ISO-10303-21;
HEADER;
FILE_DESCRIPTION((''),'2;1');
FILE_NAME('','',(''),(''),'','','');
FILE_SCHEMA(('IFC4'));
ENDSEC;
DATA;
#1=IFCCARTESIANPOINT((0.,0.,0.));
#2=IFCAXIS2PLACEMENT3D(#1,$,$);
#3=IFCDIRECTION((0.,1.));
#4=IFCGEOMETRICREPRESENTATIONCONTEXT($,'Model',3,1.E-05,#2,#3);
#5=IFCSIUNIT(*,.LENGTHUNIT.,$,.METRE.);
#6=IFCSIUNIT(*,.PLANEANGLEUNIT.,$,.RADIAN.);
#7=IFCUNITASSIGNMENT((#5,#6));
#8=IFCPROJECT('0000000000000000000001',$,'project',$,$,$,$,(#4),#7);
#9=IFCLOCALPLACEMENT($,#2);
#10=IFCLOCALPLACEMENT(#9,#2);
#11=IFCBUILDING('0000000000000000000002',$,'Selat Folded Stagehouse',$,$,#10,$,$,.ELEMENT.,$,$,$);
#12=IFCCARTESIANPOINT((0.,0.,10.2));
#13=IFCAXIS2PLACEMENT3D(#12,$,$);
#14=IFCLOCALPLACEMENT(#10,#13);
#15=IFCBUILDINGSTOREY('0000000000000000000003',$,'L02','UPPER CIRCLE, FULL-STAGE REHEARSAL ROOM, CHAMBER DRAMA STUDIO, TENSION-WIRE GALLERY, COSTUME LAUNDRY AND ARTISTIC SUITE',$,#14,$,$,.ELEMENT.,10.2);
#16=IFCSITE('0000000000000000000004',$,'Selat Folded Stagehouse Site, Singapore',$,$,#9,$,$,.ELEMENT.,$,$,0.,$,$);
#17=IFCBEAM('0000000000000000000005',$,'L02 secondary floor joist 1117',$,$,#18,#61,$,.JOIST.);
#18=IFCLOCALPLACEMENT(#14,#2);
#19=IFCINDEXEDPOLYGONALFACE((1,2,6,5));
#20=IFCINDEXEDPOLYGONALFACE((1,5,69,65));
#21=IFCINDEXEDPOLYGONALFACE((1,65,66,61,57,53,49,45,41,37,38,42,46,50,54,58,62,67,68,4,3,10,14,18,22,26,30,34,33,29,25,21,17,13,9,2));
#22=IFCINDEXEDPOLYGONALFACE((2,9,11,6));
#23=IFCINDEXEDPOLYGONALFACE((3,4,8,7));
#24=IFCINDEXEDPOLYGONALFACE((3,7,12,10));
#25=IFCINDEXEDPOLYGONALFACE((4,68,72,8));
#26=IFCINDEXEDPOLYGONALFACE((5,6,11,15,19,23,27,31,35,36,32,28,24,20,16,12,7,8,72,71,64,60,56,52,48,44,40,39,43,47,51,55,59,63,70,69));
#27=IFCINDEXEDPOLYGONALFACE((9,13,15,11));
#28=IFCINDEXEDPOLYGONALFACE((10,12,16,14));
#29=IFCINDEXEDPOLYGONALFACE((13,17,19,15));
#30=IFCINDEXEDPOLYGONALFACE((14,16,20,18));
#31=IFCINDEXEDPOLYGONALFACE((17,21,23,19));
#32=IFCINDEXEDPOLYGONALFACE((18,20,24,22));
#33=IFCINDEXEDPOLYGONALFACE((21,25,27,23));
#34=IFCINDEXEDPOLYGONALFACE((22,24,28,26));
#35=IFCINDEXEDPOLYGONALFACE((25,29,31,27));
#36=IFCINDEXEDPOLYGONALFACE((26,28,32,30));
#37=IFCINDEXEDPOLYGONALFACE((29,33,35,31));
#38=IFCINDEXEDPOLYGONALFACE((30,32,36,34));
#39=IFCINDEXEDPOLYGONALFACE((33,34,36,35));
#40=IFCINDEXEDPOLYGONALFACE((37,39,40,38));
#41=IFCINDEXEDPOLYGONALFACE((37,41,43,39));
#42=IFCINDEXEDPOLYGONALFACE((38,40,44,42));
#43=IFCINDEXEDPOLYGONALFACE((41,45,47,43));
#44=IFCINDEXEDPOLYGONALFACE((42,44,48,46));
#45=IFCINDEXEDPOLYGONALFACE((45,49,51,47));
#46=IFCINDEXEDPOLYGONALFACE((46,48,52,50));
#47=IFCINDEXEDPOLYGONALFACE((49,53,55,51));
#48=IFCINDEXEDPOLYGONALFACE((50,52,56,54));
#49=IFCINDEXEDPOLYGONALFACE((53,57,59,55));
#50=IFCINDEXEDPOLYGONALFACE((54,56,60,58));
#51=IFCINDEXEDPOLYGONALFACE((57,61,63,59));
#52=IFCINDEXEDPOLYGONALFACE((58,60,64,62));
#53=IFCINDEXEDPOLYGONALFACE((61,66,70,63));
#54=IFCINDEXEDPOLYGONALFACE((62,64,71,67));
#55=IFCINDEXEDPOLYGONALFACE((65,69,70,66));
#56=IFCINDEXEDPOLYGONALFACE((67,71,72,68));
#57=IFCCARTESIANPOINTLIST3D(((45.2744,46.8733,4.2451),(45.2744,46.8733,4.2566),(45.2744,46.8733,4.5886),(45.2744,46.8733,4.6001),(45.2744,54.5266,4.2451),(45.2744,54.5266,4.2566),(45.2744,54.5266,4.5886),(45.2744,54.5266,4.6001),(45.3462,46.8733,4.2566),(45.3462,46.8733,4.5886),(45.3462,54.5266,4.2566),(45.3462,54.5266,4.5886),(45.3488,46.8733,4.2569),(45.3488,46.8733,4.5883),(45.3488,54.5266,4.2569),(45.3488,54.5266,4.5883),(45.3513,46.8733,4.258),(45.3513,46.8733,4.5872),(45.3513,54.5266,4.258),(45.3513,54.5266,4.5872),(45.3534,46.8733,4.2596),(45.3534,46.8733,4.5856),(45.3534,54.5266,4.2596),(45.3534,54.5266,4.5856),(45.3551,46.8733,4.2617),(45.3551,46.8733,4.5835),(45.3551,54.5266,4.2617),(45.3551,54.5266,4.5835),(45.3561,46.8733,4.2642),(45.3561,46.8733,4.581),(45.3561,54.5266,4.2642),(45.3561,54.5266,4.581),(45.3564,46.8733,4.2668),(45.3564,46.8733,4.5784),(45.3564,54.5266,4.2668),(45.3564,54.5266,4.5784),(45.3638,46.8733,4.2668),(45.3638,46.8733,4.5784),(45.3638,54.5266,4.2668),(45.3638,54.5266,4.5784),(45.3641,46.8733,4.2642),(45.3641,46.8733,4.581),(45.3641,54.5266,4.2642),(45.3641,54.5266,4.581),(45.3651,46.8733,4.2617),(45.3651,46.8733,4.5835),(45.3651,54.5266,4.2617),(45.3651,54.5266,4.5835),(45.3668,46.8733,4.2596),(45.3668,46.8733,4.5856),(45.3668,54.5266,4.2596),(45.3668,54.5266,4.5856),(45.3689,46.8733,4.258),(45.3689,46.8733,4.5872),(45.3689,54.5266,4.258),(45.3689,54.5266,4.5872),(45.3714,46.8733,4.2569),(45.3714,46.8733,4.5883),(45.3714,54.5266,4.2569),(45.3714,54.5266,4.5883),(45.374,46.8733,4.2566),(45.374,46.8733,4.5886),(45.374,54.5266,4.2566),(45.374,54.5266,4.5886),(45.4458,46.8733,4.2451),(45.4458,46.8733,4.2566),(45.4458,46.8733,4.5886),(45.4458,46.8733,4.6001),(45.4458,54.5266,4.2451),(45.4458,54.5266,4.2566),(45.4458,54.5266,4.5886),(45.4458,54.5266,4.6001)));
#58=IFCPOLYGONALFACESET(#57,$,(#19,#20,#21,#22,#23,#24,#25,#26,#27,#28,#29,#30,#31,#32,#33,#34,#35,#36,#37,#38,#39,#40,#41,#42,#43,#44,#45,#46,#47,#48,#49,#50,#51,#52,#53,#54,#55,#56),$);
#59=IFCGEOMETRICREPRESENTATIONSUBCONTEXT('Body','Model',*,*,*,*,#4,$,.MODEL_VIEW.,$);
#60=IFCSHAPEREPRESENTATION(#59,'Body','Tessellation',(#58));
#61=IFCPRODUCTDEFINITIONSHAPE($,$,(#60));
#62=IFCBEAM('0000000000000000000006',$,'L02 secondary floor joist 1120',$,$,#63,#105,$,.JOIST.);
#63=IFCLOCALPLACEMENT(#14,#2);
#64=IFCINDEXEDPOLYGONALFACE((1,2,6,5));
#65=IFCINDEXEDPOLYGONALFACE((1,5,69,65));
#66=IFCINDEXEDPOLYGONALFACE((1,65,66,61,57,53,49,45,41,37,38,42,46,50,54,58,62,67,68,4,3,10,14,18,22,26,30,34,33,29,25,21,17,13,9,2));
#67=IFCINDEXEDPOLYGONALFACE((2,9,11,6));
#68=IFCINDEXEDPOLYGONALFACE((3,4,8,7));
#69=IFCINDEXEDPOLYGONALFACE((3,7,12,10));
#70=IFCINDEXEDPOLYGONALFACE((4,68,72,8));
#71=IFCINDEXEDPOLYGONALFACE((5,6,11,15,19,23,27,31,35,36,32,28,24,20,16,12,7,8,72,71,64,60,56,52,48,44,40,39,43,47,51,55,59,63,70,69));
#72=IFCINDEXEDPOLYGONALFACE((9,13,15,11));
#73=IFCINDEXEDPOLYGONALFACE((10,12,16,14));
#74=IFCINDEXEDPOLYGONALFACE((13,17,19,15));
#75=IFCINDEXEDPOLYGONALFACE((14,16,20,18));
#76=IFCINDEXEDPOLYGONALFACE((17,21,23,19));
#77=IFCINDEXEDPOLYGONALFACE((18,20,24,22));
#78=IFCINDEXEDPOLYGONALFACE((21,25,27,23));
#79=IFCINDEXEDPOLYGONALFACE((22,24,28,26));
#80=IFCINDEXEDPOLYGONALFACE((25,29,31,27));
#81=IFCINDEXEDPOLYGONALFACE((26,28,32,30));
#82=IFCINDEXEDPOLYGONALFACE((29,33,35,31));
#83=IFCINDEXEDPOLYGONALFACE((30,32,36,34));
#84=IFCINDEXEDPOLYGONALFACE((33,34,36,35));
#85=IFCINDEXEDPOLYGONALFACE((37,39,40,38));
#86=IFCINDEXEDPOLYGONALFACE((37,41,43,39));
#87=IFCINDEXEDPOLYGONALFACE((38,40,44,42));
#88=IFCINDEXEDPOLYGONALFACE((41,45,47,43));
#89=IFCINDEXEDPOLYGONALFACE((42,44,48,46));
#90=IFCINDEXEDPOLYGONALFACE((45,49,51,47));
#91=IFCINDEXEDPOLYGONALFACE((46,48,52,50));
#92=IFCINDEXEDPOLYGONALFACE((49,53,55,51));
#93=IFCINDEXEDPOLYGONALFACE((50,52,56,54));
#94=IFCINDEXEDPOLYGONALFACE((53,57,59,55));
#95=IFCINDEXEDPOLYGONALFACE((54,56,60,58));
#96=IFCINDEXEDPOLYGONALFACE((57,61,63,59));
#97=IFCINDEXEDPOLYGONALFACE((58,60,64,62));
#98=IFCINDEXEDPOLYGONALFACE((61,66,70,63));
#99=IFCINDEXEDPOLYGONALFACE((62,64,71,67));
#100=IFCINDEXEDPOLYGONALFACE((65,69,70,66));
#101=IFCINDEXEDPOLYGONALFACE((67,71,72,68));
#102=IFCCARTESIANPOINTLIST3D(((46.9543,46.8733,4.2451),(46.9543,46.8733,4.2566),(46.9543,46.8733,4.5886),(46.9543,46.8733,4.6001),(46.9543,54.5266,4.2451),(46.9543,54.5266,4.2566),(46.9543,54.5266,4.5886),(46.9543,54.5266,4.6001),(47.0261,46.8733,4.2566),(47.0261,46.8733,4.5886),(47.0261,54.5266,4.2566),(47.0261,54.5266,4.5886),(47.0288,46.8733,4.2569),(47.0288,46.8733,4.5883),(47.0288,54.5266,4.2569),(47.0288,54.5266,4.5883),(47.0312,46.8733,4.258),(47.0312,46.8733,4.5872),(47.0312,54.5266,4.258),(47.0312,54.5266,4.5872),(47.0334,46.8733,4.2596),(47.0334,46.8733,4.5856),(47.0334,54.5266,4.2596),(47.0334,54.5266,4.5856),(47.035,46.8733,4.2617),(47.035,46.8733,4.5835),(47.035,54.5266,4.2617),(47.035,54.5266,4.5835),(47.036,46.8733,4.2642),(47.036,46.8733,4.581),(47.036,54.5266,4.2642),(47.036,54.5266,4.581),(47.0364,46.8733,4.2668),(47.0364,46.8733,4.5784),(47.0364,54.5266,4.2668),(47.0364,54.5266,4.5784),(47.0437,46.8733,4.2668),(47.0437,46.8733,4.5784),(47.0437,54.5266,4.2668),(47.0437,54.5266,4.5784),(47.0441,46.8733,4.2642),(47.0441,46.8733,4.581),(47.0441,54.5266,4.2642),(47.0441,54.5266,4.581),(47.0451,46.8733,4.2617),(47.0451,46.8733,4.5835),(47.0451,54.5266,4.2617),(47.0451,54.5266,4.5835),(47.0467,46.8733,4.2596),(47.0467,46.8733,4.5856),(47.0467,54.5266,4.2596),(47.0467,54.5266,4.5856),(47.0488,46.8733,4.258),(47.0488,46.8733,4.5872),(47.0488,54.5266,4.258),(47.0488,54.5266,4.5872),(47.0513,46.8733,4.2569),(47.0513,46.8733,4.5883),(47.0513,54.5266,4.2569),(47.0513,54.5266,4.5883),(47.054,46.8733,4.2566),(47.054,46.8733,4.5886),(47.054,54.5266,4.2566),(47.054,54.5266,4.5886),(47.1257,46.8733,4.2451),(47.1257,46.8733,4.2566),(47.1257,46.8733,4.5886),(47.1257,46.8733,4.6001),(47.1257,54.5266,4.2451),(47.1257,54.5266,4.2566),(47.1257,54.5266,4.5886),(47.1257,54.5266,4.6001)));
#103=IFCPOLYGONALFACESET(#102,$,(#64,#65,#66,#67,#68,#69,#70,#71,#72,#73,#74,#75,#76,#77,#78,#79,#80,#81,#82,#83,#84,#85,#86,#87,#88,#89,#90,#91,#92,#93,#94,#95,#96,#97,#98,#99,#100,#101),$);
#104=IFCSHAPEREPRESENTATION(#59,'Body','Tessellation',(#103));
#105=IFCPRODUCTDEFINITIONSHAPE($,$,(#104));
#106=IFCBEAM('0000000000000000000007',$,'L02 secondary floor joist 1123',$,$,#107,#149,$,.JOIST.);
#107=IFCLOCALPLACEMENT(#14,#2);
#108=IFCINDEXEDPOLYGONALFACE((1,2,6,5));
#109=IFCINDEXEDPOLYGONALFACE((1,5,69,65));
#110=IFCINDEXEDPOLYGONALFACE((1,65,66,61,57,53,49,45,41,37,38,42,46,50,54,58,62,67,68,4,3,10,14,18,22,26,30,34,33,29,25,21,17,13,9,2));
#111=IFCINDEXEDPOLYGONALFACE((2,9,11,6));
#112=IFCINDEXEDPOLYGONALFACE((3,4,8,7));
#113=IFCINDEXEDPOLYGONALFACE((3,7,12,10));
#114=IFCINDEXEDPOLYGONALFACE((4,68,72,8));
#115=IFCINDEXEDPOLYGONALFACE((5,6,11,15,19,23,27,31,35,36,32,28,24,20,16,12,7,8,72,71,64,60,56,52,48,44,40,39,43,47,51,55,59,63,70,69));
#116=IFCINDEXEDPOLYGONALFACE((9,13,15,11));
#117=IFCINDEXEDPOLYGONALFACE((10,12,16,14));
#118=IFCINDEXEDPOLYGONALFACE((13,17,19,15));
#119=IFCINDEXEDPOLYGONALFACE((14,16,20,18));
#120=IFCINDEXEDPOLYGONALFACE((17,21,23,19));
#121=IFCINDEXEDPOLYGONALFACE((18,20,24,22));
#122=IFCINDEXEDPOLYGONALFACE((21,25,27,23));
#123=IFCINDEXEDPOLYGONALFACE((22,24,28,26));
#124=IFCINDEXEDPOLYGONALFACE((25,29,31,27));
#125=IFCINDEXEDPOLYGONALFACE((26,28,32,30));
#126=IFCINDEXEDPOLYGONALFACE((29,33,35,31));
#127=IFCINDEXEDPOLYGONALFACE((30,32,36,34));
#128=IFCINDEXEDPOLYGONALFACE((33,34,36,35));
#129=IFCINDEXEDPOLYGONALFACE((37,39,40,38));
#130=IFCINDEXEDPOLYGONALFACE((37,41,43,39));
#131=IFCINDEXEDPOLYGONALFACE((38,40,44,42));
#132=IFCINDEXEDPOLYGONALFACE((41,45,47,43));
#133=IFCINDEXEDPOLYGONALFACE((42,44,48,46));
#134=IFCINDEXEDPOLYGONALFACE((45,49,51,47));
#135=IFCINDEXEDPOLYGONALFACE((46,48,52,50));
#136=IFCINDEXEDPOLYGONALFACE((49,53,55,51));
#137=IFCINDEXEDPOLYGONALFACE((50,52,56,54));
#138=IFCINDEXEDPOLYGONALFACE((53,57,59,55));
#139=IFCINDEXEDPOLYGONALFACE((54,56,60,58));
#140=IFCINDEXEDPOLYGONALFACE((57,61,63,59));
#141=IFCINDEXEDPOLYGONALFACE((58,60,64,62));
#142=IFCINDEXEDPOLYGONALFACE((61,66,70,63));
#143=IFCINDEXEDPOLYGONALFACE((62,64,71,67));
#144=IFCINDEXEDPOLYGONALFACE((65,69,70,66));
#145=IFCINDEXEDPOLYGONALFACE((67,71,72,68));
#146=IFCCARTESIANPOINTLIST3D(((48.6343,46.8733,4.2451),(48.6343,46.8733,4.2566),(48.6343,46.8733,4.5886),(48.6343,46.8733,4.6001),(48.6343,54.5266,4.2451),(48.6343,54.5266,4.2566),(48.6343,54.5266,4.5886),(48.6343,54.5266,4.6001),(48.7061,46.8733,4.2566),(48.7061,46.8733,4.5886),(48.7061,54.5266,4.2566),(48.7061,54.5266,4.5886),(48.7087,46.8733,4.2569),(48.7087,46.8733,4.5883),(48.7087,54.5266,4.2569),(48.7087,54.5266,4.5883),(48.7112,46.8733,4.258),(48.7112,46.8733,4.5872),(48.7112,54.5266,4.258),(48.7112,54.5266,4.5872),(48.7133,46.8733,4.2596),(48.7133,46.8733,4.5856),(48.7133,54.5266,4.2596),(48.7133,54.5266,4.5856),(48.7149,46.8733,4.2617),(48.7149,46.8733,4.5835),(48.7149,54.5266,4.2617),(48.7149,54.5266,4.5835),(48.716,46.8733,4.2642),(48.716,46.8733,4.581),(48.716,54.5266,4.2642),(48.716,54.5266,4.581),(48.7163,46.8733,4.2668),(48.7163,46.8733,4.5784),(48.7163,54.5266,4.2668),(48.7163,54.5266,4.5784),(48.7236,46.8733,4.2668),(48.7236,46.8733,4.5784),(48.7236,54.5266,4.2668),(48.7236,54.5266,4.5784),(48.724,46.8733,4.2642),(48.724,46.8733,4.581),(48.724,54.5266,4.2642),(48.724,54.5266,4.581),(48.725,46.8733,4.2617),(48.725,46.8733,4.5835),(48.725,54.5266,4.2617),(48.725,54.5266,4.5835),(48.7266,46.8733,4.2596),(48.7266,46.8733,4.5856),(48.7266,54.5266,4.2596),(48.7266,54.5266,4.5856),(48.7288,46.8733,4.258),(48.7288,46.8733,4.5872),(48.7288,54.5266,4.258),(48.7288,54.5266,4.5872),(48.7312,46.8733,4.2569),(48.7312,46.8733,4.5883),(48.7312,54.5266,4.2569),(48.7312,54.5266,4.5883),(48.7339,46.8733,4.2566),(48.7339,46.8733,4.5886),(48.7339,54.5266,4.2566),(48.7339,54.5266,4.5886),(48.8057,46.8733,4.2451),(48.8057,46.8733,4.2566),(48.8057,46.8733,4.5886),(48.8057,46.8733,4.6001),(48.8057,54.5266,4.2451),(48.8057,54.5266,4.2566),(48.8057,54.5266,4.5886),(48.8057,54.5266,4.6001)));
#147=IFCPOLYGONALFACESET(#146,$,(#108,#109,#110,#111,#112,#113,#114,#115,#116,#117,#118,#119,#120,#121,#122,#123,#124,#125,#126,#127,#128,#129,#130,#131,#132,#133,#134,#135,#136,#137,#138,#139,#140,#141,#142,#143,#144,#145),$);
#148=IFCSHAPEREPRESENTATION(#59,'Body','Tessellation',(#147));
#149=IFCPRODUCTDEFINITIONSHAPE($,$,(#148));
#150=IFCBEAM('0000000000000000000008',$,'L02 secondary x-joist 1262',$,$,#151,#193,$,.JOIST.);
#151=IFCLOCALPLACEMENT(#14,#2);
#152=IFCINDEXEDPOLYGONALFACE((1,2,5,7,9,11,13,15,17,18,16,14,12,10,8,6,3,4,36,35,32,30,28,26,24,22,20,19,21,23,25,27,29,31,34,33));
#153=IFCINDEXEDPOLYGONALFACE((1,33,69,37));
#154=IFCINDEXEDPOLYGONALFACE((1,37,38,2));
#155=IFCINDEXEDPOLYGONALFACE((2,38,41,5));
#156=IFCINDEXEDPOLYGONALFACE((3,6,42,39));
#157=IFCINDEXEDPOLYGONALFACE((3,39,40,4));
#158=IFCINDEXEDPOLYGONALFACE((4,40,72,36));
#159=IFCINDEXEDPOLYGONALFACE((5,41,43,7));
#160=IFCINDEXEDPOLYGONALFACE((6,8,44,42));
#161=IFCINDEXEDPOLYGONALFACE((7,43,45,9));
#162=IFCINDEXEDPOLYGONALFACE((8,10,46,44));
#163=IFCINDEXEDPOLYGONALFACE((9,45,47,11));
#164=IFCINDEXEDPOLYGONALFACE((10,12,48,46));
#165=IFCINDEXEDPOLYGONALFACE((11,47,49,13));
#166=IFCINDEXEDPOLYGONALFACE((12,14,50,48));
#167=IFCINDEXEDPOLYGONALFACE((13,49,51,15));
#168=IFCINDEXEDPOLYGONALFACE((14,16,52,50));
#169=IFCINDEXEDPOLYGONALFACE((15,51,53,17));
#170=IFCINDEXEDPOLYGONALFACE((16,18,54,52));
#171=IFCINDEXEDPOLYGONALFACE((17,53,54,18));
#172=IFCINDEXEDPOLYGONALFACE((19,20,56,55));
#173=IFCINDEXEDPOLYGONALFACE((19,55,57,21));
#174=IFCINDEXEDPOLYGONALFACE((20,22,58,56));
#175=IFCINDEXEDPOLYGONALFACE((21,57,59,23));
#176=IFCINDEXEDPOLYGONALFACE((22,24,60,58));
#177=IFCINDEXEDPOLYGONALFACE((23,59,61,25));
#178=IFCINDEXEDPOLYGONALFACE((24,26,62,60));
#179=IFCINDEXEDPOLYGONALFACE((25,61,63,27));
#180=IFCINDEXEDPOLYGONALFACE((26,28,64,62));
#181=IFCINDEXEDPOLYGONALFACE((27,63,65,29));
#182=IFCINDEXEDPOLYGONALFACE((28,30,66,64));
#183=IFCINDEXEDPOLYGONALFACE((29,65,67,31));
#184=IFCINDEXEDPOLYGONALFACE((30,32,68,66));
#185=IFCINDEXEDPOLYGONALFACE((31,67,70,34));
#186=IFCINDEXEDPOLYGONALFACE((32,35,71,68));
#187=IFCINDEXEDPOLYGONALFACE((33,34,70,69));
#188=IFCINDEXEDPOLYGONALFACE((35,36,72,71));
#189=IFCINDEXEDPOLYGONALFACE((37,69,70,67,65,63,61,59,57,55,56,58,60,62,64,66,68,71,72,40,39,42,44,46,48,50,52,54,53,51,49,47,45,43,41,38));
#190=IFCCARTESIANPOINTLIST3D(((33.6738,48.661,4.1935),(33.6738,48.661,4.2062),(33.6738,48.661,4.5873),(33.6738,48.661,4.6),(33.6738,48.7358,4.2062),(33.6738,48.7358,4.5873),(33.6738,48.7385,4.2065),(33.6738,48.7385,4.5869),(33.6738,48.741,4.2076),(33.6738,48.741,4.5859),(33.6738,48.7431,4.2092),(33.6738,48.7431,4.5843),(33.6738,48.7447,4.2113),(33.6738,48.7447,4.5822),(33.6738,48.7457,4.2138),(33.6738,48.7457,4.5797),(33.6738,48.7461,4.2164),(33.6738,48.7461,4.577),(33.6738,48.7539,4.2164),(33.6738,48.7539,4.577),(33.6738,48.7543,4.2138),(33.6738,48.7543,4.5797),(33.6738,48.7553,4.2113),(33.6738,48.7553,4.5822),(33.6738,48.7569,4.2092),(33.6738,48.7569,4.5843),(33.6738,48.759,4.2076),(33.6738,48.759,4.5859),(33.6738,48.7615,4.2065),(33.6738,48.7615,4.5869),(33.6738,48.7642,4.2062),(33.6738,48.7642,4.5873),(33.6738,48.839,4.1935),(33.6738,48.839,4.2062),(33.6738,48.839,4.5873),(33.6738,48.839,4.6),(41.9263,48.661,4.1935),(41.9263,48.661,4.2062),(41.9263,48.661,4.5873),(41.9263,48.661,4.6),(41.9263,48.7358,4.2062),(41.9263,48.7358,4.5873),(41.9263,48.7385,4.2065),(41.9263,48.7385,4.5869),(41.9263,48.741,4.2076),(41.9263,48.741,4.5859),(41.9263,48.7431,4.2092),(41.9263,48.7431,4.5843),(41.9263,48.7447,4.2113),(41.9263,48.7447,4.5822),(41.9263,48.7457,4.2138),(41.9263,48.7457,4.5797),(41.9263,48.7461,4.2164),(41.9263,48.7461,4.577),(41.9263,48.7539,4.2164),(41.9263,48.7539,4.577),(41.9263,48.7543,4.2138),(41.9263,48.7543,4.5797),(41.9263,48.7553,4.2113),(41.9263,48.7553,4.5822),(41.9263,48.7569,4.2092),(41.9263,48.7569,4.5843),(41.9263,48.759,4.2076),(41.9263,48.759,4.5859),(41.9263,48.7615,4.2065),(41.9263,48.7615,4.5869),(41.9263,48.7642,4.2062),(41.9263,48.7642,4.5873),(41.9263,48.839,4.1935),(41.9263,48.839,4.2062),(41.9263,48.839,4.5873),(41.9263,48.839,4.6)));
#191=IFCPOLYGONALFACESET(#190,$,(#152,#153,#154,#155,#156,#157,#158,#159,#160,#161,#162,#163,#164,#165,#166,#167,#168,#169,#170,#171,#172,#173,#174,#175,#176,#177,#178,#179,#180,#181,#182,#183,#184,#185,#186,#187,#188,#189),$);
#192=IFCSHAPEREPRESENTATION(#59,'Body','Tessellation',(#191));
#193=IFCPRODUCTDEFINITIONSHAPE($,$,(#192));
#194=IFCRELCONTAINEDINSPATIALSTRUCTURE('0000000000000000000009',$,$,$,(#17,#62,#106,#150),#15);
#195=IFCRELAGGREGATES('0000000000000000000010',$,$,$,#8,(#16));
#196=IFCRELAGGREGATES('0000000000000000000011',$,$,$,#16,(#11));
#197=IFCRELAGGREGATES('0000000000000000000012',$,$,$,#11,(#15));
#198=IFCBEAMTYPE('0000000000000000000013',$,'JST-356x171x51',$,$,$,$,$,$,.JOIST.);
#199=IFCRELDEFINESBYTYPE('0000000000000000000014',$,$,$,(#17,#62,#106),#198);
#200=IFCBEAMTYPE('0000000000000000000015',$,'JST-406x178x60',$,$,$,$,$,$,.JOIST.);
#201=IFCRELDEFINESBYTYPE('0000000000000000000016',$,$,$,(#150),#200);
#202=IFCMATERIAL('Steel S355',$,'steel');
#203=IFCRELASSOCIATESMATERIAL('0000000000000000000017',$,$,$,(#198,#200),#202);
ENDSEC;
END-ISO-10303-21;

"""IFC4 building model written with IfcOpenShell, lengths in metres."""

from ifc_helpers import new_model, si_unit, direction, frame, origin, origin_2d, place, context, subcontext, project, spatial, i_section, extrude, material, material_profile, profile_set, type_object, element, save


model = new_model("IFC4")

# Units and contexts
model_context = context("Model", 3, precision=1e-05, world=origin(), true_north=direction((0.0, 1.0)))
body_context = subcontext(model_context, "Body", "Model", "MODEL_VIEW")
ifc_project = project(units=[si_unit("LENGTHUNIT", "METRE"), si_unit("PLANEANGLEUNIT", "RADIAN")], contexts=[model_context])

# Site, building, storey
site_placement = place(None, origin())
site = spatial("IfcSite", under=ifc_project, at=site_placement, Name="Selat Folded Stagehouse Site, Singapore", CompositionType="ELEMENT", RefElevation=0.0)
building_placement = place(site_placement, origin())
building = spatial("IfcBuilding", under=site, at=building_placement, Name="Selat Folded Stagehouse", CompositionType="ELEMENT")
storey_placement = place(building_placement, frame((0.0, 0.0, 10.2)))
storey = spatial("IfcBuildingStorey", under=building, at=storey_placement, Name="L02", Description="UPPER CIRCLE, FULL-STAGE REHEARSAL ROOM, CHAMBER DRAMA STUDIO, TENSION-WIRE GALLERY, COSTUME LAUNDRY AND ARTISTIC SUITE", CompositionType="ELEMENT", Elevation=10.2)

# Shared definitions
ifc_material_1 = material(Name="Steel S355", Category="steel")

# Beams
ifc_material_profile_1 = material_profile(ifc_material_1, i_section(OverallWidth=0.1714, OverallDepth=0.355, WebThickness=0.0073, FlangeThickness=0.0115, FilletRadius=0.0103, at=origin_2d()), Name="UKB 356x171x51")
ifc_profile_set_1 = profile_set([ifc_material_profile_1], Name="Steel S355")
beam_type_1 = type_object("IfcBeamType", Name="JST-356x171x51", PredefinedType="JOIST", material=ifc_profile_set_1)
for number, where, z_axis, x_axis, name in (
    (1, (45.3601, 46.8733, 4.4226), (0.0, 1.0, 0.0), (-1.0, 0.0, 0.0), "L02 secondary floor joist 1117"),
    (2, (47.04, 46.8733, 4.4226), (0.0, 1.0, 0.0), (-1.0, 0.0, 0.0), "L02 secondary floor joist 1120"),
    (3, (48.72, 46.8733, 4.4226), (0.0, 1.0, 0.0), (-1.0, 0.0, 0.0), "L02 secondary floor joist 1123"),
):
    element("IfcBeam", number, at=place(storey_placement, frame(where, z_axis=z_axis, x_axis=x_axis)), inside=storey, type_object=beam_type_1, Name=name, PredefinedType="JOIST", context=body_context, shape_type="SweptSolid", body=[
        extrude(i_section(OverallWidth=0.1714, OverallDepth=0.355, WebThickness=0.0073, FlangeThickness=0.0115, FilletRadius=0.0103, at=origin_2d()), origin(), (0.0, 0.0, 1.0), 7.6533),
    ])
ifc_material_profile_2 = material_profile(ifc_material_1, i_section(OverallWidth=0.178, OverallDepth=0.4065, WebThickness=0.0078, FlangeThickness=0.0127, FilletRadius=0.0103, at=origin_2d()), Name="UKB 406x178x60")
ifc_profile_set_2 = profile_set([ifc_material_profile_2], Name="Steel S355")
beam_type_2 = type_object("IfcBeamType", Name="JST-406x178x60", PredefinedType="JOIST", material=ifc_profile_set_2)
for number, where, z_axis, x_axis, name in (
    (4, (33.6738, 48.75, 4.3967), (1.0, 0.0, 0.0), (0.0, 1.0, 0.0), "L02 secondary x-joist 1262"),
):
    element("IfcBeam", number, at=place(storey_placement, frame(where, z_axis=z_axis, x_axis=x_axis)), inside=storey, type_object=beam_type_2, Name=name, PredefinedType="JOIST", context=body_context, shape_type="SweptSolid", body=[
        extrude(i_section(OverallWidth=0.178, OverallDepth=0.4065, WebThickness=0.0078, FlangeThickness=0.0127, FilletRadius=0.0103, at=origin_2d()), origin(), (0.0, 0.0, 1.0), 8.2524),
    ])

save(model, "model.ifc")
